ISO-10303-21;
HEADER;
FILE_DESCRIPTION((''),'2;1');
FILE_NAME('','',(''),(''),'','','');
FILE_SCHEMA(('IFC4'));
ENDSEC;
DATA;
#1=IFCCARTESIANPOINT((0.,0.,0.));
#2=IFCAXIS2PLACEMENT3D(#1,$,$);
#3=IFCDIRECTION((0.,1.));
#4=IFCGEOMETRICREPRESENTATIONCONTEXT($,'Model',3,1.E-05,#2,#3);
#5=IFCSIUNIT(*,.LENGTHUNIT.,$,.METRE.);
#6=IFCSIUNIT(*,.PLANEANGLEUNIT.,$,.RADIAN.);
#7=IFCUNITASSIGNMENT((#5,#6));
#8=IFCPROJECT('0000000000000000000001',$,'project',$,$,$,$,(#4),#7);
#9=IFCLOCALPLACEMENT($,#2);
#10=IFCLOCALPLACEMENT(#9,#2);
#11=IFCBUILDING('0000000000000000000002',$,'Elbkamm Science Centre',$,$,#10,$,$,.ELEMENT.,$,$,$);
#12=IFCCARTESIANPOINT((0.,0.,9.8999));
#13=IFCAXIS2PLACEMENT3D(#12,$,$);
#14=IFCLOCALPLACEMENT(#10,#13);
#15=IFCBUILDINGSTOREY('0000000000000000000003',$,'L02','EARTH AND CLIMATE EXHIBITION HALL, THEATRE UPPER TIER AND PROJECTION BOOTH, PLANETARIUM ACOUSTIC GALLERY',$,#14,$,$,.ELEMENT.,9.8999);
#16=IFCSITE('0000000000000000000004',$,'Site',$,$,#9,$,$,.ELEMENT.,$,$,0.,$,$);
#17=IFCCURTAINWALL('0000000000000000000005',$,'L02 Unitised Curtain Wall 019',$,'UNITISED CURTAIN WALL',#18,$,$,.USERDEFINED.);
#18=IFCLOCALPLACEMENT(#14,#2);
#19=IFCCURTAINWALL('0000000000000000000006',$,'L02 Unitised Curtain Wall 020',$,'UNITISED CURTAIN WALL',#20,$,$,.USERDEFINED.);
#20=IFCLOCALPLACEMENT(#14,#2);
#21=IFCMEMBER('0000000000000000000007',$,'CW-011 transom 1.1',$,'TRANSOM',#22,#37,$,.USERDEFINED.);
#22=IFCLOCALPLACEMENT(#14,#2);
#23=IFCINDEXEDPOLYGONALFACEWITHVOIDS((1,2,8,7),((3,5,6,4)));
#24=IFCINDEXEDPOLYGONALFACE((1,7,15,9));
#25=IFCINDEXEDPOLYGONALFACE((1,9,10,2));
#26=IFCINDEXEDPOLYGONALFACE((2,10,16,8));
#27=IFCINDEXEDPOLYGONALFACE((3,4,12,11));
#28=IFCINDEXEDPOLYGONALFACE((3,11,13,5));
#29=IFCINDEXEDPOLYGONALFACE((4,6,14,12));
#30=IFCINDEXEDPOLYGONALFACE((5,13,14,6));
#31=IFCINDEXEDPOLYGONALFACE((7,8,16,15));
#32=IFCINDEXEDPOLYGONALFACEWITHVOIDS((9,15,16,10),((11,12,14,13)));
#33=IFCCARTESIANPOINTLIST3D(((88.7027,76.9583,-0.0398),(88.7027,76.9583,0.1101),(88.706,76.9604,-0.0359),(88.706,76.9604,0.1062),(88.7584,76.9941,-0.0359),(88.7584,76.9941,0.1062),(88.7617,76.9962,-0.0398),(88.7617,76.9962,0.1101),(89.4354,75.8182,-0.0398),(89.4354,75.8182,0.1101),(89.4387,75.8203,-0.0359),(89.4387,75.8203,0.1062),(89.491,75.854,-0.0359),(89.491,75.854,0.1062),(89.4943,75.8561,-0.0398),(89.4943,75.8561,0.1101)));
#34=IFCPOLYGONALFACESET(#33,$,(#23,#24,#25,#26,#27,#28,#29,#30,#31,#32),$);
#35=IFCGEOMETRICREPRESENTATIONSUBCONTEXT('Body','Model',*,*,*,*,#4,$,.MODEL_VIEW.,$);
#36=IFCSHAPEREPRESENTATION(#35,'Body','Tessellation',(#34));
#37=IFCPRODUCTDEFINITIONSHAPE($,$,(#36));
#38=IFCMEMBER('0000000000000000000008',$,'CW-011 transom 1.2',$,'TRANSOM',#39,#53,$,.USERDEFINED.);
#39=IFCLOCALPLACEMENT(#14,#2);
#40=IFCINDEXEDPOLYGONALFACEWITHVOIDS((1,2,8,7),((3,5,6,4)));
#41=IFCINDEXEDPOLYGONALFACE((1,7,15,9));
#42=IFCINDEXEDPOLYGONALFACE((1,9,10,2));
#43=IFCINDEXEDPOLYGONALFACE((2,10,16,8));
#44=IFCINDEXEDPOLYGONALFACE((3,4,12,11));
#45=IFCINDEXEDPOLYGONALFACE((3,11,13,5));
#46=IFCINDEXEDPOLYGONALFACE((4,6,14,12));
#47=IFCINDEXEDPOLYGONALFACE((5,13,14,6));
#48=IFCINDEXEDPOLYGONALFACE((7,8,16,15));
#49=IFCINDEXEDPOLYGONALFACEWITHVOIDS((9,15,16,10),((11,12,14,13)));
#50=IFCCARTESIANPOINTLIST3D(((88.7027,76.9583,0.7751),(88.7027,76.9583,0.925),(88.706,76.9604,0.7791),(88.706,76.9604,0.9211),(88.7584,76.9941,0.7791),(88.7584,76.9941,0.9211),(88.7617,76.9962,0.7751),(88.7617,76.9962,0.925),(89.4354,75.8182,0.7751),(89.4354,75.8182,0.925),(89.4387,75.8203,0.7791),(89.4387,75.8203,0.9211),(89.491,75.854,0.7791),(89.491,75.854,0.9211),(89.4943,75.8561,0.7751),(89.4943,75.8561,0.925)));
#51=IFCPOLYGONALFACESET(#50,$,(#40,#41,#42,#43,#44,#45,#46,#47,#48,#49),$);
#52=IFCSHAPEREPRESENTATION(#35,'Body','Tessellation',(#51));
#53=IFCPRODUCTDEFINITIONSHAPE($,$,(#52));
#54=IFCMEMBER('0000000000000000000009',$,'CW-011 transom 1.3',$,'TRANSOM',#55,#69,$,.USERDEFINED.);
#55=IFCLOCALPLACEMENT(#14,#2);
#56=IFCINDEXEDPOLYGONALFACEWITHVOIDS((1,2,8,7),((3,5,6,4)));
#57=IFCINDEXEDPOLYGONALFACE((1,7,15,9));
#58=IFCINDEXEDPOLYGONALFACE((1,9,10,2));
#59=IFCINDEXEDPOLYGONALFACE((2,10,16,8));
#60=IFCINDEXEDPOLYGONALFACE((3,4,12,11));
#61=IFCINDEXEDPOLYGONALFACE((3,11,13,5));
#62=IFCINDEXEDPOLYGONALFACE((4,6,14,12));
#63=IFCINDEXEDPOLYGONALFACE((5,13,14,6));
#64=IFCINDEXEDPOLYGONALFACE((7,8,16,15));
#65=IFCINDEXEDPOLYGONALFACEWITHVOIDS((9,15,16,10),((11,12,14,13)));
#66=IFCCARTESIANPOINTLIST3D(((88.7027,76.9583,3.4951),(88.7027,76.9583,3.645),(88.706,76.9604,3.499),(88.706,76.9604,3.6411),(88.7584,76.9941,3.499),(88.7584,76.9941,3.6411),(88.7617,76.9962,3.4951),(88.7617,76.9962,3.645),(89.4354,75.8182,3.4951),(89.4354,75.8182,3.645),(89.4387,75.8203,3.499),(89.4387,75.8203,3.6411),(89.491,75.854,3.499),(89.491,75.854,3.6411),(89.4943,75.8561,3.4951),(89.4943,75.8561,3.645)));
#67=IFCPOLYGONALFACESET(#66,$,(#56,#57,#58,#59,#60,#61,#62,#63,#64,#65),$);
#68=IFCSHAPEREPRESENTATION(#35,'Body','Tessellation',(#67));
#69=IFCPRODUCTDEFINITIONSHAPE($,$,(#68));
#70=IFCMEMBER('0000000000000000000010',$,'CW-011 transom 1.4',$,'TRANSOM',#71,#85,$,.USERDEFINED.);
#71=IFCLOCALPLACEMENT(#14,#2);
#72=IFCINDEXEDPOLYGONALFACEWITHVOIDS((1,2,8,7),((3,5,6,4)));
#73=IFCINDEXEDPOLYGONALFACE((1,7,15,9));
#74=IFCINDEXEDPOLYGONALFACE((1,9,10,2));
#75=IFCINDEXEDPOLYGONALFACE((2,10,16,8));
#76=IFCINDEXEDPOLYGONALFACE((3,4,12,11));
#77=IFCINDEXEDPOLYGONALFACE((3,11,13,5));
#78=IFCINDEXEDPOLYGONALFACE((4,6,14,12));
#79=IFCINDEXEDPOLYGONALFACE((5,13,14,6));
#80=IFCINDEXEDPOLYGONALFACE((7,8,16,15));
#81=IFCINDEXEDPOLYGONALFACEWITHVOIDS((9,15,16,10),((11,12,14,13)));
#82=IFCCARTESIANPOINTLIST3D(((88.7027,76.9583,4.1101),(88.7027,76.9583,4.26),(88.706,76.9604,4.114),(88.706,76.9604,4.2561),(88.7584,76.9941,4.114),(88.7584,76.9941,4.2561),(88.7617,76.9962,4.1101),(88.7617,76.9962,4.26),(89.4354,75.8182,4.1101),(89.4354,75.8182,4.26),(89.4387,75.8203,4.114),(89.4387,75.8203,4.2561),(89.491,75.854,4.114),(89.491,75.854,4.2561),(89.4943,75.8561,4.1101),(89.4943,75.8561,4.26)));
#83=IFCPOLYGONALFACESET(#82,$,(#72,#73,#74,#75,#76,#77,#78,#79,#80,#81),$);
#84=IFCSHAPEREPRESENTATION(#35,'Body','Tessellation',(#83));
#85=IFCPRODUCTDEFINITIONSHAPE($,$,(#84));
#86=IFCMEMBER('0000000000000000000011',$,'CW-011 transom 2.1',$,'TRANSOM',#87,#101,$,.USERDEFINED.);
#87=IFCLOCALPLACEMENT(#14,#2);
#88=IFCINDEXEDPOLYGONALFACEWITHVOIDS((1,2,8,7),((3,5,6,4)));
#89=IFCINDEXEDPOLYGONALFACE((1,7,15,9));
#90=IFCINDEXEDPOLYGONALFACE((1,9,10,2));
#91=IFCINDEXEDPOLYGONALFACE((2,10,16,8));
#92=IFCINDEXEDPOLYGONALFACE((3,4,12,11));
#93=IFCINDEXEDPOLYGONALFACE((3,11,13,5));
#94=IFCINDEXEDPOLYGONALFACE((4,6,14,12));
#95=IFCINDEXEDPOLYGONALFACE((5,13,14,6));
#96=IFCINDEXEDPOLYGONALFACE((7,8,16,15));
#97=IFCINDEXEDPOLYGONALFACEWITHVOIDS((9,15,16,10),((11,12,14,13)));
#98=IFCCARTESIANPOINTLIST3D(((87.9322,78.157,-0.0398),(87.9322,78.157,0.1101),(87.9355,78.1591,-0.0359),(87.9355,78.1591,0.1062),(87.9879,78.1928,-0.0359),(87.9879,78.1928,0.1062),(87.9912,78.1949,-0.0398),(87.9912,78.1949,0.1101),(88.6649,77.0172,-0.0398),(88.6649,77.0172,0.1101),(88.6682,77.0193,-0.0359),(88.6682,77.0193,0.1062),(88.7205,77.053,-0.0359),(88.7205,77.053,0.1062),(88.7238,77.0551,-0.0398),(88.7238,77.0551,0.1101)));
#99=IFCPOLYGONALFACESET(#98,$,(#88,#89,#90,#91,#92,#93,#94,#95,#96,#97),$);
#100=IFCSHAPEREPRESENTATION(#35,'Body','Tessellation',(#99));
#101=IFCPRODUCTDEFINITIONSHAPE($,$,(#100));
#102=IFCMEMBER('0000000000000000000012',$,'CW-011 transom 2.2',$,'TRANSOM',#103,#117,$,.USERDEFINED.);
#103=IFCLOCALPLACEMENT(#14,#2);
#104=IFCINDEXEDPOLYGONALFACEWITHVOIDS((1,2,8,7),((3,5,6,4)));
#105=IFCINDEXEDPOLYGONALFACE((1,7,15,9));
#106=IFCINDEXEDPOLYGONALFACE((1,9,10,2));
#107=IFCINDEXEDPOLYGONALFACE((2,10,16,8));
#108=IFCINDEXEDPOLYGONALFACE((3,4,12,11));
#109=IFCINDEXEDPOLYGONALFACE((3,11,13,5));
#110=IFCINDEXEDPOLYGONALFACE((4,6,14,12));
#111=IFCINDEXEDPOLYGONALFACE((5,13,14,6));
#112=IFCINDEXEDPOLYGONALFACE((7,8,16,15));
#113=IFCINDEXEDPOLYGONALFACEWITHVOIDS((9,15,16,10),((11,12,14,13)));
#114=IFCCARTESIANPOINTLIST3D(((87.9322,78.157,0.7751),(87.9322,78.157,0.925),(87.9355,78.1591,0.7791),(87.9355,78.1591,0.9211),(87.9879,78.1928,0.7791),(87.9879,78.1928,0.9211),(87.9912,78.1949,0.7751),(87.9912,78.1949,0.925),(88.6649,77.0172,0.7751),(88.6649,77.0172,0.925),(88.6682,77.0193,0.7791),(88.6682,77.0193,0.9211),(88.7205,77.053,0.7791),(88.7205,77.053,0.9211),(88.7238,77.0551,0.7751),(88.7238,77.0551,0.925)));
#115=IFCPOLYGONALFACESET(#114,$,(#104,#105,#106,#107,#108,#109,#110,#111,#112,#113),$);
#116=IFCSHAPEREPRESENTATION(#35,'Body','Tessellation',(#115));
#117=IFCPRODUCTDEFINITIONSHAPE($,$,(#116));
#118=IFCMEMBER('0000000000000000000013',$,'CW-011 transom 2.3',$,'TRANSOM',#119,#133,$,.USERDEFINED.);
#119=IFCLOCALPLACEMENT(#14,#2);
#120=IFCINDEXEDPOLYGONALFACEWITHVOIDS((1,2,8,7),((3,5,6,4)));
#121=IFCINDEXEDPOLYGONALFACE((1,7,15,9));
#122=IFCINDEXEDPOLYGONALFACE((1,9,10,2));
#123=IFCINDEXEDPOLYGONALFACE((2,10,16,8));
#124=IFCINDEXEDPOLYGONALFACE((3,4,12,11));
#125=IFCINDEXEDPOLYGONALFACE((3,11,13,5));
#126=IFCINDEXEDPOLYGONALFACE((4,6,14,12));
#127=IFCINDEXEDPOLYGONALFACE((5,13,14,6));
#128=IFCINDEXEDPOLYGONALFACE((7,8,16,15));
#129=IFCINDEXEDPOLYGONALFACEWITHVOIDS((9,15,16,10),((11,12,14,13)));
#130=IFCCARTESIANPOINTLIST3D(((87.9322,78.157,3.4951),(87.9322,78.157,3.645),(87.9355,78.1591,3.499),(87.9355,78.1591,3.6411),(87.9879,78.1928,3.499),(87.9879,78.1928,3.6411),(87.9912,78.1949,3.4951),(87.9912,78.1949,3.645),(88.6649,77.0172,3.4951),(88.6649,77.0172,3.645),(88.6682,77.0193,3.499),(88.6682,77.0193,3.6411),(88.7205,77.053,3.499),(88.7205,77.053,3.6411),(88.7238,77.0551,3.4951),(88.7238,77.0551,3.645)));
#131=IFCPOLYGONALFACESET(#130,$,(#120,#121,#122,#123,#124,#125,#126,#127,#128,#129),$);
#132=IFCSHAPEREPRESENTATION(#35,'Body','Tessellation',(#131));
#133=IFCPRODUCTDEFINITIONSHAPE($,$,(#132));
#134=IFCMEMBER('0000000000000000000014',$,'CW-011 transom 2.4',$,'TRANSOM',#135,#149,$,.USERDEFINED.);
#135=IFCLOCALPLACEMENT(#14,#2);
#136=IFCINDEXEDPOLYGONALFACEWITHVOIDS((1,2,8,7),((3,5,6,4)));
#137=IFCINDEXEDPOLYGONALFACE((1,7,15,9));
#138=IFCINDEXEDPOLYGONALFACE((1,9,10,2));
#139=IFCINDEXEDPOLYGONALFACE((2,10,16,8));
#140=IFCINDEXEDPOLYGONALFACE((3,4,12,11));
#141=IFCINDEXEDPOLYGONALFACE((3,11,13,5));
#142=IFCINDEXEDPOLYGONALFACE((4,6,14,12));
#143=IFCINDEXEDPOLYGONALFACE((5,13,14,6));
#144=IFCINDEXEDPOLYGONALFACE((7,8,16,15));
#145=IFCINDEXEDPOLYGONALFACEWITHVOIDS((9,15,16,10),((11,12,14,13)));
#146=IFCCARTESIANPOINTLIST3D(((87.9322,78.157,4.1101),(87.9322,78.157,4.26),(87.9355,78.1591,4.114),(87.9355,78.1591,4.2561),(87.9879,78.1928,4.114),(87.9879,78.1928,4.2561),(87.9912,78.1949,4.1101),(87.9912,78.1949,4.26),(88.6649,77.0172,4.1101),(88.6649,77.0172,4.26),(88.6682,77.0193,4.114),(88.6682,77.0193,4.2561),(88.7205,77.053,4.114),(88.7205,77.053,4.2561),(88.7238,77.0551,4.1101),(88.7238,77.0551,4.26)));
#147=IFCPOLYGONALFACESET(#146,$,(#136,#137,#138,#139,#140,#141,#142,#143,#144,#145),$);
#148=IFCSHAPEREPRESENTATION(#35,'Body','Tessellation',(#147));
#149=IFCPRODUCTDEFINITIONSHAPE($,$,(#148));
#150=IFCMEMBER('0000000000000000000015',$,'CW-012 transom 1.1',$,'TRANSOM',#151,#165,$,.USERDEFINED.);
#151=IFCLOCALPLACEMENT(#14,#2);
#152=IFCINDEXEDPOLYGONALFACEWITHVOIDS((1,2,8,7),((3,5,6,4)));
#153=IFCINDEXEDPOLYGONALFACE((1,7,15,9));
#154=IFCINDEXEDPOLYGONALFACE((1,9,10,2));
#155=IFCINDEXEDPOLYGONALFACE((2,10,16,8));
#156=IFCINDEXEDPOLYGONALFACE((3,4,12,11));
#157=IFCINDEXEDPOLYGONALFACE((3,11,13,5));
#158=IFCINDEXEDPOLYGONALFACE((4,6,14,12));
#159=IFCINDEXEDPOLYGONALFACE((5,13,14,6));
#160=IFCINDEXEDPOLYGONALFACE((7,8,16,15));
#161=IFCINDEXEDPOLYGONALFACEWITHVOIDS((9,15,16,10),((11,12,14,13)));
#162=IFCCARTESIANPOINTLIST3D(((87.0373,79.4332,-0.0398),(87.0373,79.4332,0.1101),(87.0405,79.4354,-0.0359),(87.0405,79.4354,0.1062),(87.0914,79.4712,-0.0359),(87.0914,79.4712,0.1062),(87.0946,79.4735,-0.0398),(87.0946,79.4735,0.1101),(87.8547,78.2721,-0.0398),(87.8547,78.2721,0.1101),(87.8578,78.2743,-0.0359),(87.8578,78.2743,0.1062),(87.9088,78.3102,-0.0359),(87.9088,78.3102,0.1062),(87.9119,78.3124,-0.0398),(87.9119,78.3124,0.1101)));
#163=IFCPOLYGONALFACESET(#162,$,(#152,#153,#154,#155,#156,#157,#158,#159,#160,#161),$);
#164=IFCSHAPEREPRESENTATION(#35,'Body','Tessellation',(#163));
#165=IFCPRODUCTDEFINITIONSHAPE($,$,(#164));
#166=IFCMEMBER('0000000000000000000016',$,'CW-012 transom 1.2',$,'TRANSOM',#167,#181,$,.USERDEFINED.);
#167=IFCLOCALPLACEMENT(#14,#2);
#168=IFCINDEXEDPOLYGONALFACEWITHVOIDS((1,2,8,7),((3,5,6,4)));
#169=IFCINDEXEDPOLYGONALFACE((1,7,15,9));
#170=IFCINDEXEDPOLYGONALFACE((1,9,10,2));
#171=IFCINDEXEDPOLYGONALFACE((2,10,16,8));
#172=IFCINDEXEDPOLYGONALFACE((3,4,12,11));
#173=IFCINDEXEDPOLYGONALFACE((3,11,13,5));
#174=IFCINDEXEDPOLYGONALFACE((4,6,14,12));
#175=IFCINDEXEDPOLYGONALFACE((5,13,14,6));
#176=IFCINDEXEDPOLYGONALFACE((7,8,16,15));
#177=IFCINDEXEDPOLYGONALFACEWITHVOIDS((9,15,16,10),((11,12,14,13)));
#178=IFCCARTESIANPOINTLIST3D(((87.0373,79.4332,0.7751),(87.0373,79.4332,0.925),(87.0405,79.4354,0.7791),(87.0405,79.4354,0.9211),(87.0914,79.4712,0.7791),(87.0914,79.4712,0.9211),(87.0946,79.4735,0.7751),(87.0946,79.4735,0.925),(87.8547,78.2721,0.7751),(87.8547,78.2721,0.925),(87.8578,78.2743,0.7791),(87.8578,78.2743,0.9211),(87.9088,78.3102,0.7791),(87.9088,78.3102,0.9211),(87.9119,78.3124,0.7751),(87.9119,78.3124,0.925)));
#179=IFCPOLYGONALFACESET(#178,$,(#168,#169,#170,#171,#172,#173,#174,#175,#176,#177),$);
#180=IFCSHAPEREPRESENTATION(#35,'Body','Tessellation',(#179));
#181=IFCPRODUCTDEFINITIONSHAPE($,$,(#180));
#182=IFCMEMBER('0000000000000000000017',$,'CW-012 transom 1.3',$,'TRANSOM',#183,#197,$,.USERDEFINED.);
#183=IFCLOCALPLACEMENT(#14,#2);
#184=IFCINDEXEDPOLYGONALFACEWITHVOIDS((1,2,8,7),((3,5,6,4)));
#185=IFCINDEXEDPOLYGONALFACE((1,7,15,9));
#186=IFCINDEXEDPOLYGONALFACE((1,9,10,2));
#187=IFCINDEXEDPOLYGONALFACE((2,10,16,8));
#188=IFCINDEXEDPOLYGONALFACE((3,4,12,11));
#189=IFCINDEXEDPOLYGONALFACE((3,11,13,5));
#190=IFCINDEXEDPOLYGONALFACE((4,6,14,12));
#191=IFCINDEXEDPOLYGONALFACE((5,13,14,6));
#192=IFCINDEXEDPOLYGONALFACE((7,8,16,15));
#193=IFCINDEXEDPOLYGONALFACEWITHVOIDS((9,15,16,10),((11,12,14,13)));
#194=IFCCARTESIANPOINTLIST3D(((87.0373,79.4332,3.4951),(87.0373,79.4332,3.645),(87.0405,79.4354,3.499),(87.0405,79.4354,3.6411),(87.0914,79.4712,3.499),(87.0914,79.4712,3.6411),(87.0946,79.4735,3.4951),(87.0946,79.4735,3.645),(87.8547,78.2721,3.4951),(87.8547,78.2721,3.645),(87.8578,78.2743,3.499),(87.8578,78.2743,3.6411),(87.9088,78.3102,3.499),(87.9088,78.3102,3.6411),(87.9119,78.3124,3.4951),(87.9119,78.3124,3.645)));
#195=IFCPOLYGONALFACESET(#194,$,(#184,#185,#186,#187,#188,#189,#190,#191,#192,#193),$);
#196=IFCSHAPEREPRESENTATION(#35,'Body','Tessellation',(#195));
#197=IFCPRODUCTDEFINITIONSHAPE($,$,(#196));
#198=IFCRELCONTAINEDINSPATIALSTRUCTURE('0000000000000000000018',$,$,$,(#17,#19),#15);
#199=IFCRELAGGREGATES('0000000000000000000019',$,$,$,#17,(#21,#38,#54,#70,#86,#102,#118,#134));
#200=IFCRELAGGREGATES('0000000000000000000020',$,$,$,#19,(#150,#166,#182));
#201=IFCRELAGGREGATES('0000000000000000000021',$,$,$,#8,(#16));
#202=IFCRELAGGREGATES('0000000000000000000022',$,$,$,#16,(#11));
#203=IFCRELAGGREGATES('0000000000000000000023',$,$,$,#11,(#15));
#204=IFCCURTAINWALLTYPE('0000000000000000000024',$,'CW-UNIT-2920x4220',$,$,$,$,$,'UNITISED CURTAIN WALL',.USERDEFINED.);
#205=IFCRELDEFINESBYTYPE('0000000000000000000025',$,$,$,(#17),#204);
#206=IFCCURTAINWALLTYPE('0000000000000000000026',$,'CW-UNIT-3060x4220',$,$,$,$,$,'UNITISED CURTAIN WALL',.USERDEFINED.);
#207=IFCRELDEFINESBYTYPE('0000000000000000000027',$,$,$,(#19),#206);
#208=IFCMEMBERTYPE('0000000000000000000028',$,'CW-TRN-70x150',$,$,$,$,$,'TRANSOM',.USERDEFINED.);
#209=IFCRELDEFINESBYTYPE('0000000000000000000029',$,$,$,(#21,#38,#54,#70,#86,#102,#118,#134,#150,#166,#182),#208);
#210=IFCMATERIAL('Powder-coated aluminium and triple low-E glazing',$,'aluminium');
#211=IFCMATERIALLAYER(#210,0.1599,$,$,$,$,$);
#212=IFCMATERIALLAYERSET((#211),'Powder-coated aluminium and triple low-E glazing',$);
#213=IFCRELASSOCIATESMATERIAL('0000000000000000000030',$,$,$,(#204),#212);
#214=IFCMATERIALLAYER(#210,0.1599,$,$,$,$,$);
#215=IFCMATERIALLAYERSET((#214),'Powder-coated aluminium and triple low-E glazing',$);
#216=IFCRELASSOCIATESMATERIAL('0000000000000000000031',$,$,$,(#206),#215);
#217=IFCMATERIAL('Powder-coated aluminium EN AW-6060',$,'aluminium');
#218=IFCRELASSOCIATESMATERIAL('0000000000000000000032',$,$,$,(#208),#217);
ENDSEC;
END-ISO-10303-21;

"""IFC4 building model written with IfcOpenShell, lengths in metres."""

from ifc_helpers import new_model, si_unit, direction, frame, origin, origin_2d, place, context, subcontext, project, spatial, hollow_rectangle, extrude, material, layer, layer_set, material_profile, profile_set, type_object, element, aggregate, save


model = new_model("IFC4")

# Units and contexts
model_context = context("Model", 3, precision=1e-05, world=origin(), true_north=direction((0.0, 1.0)))
body_context = subcontext(model_context, "Body", "Model", "MODEL_VIEW")
ifc_project = project(units=[si_unit("LENGTHUNIT", "METRE"), si_unit("PLANEANGLEUNIT", "RADIAN")], contexts=[model_context])

# Site, building, storey
site_placement = place(None, origin())
site = spatial("IfcSite", under=ifc_project, at=site_placement, Name="Site", CompositionType="ELEMENT", RefElevation=0.0)
building_placement = place(site_placement, origin())
building = spatial("IfcBuilding", under=site, at=building_placement, Name="Elbkamm Science Centre", CompositionType="ELEMENT")
storey_placement = place(building_placement, frame((0.0, 0.0, 9.8999)))
storey = spatial("IfcBuildingStorey", under=building, at=storey_placement, Name="L02", Description="EARTH AND CLIMATE EXHIBITION HALL, THEATRE UPPER TIER AND PROJECTION BOOTH, PLANETARIUM ACOUSTIC GALLERY", CompositionType="ELEMENT", Elevation=9.8999)

# Shared definitions
ifc_material_1 = material(Name="Powder-coated aluminium and triple low-E glazing", Category="aluminium")
ifc_layer_1 = layer(ifc_material_1, 0.1599)
ifc_layer_set_1 = layer_set([ifc_layer_1], Name="Powder-coated aluminium and triple low-E glazing")
curtain_wall_type_1 = type_object("IfcCurtainWallType", Name="CW-UNIT-2920x4220", ElementType="UNITISED CURTAIN WALL", PredefinedType="USERDEFINED", material=ifc_layer_set_1)
ifc_material_2 = material(Name="Powder-coated aluminium EN AW-6060", Category="aluminium")

# Curtain walls
curtain_wall_1_placement = place(storey_placement, origin())
curtain_wall_1 = element("IfcCurtainWall", 1, at=curtain_wall_1_placement, inside=storey, type_object=curtain_wall_type_1, Name="L02 Unitised Curtain Wall 019", ObjectType="UNITISED CURTAIN WALL", PredefinedType="USERDEFINED")
ifc_layer_2 = layer(ifc_material_1, 0.1599)
ifc_layer_set_2 = layer_set([ifc_layer_2], Name="Powder-coated aluminium and triple low-E glazing")
curtain_wall_type_2 = type_object("IfcCurtainWallType", Name="CW-UNIT-3060x4220", ElementType="UNITISED CURTAIN WALL", PredefinedType="USERDEFINED", material=ifc_layer_set_2)
curtain_wall_2_placement = place(storey_placement, origin())
curtain_wall_2 = element("IfcCurtainWall", 2, at=curtain_wall_2_placement, inside=storey, type_object=curtain_wall_type_2, Name="L02 Unitised Curtain Wall 020", ObjectType="UNITISED CURTAIN WALL", PredefinedType="USERDEFINED")

# Members
ifc_material_profile_1 = material_profile(ifc_material_2, hollow_rectangle(XDim=0.0701, YDim=0.1499, WallThickness=0.0039, at=origin_2d()), Name="ALU T70x150")
ifc_profile_set_1 = profile_set([ifc_material_profile_1], Name="Powder-coated aluminium EN AW-6060")
member_type_1 = type_object("IfcMemberType", Name="CW-TRN-70x150", ElementType="TRANSOM", PredefinedType="USERDEFINED", material=ifc_profile_set_1)
member_1_placement = place(storey_placement, frame((89.4648, 75.8372, 0.0352), z_axis=(-0.540612, 0.841272, 0.0), x_axis=(-0.841272, -0.540612, 0.0)))
member_1 = element("IfcMember", 3, at=member_1_placement, type_object=member_type_1, Name="CW-011 transom 1.1", ObjectType="TRANSOM", PredefinedType="USERDEFINED", context=body_context, shape_type="SweptSolid", body=[
    extrude(hollow_rectangle(XDim=0.0701, YDim=0.1499, WallThickness=0.0039, at=origin_2d()), origin(), (0.0, 0.0, 1.0), 1.3552),
])
member_2_placement = place(storey_placement, frame((89.4648, 75.8372, 0.8501), z_axis=(-0.540612, 0.841272, 0.0), x_axis=(-0.841272, -0.540612, 0.0)))
member_2 = element("IfcMember", 4, at=member_2_placement, type_object=member_type_1, Name="CW-011 transom 1.2", ObjectType="TRANSOM", PredefinedType="USERDEFINED", context=body_context, shape_type="SweptSolid", body=[
    extrude(hollow_rectangle(XDim=0.0701, YDim=0.1499, WallThickness=0.0039, at=origin_2d()), origin(), (0.0, 0.0, 1.0), 1.3552),
])
member_3_placement = place(storey_placement, frame((89.4648, 75.8372, 3.5701), z_axis=(-0.540612, 0.841272, 0.0), x_axis=(-0.841272, -0.540612, 0.0)))
member_3 = element("IfcMember", 5, at=member_3_placement, type_object=member_type_1, Name="CW-011 transom 1.3", ObjectType="TRANSOM", PredefinedType="USERDEFINED", context=body_context, shape_type="SweptSolid", body=[
    extrude(hollow_rectangle(XDim=0.0701, YDim=0.1499, WallThickness=0.0039, at=origin_2d()), origin(), (0.0, 0.0, 1.0), 1.3552),
])
member_4_placement = place(storey_placement, frame((89.4648, 75.8372, 4.1851), z_axis=(-0.540612, 0.841272, 0.0), x_axis=(-0.841272, -0.540612, 0.0)))
member_4 = element("IfcMember", 6, at=member_4_placement, type_object=member_type_1, Name="CW-011 transom 1.4", ObjectType="TRANSOM", PredefinedType="USERDEFINED", context=body_context, shape_type="SweptSolid", body=[
    extrude(hollow_rectangle(XDim=0.0701, YDim=0.1499, WallThickness=0.0039, at=origin_2d()), origin(), (0.0, 0.0, 1.0), 1.3552),
])
member_5_placement = place(storey_placement, frame((88.6943, 77.0361, 0.0352), z_axis=(-0.540694, 0.841219, 0.0), x_axis=(-0.841219, -0.540694, 0.0)))
member_5 = element("IfcMember", 7, at=member_5_placement, type_object=member_type_1, Name="CW-011 transom 2.1", ObjectType="TRANSOM", PredefinedType="USERDEFINED", context=body_context, shape_type="SweptSolid", body=[
    extrude(hollow_rectangle(XDim=0.0701, YDim=0.1499, WallThickness=0.0039, at=origin_2d()), origin(), (0.0, 0.0, 1.0), 1.355),
])
member_6_placement = place(storey_placement, frame((88.6943, 77.0361, 0.8501), z_axis=(-0.540694, 0.841219, 0.0), x_axis=(-0.841219, -0.540694, 0.0)))
member_6 = element("IfcMember", 8, at=member_6_placement, type_object=member_type_1, Name="CW-011 transom 2.2", ObjectType="TRANSOM", PredefinedType="USERDEFINED", context=body_context, shape_type="SweptSolid", body=[
    extrude(hollow_rectangle(XDim=0.0701, YDim=0.1499, WallThickness=0.0039, at=origin_2d()), origin(), (0.0, 0.0, 1.0), 1.355),
])
member_7_placement = place(storey_placement, frame((88.6943, 77.0361, 3.5701), z_axis=(-0.540694, 0.841219, 0.0), x_axis=(-0.841219, -0.540694, 0.0)))
member_7 = element("IfcMember", 9, at=member_7_placement, type_object=member_type_1, Name="CW-011 transom 2.3", ObjectType="TRANSOM", PredefinedType="USERDEFINED", context=body_context, shape_type="SweptSolid", body=[
    extrude(hollow_rectangle(XDim=0.0701, YDim=0.1499, WallThickness=0.0039, at=origin_2d()), origin(), (0.0, 0.0, 1.0), 1.355),
])
member_8_placement = place(storey_placement, frame((88.6943, 77.0361, 4.1851), z_axis=(-0.540694, 0.841219, 0.0), x_axis=(-0.841219, -0.540694, 0.0)))
member_8 = element("IfcMember", 10, at=member_8_placement, type_object=member_type_1, Name="CW-011 transom 2.4", ObjectType="TRANSOM", PredefinedType="USERDEFINED", context=body_context, shape_type="SweptSolid", body=[
    extrude(hollow_rectangle(XDim=0.0701, YDim=0.1499, WallThickness=0.0039, at=origin_2d()), origin(), (0.0, 0.0, 1.0), 1.355),
])
member_9_placement = place(storey_placement, frame((87.8833, 78.2922, 0.0352), z_axis=(-0.57563, 0.817711, 0.0), x_axis=(-0.817711, -0.57563, 0.0)))
member_9 = element("IfcMember", 11, at=member_9_placement, type_object=member_type_1, Name="CW-012 transom 1.1", ObjectType="TRANSOM", PredefinedType="USERDEFINED", context=body_context, shape_type="SweptSolid", body=[
    extrude(hollow_rectangle(XDim=0.0701, YDim=0.1499, WallThickness=0.0039, at=origin_2d()), origin(), (0.0, 0.0, 1.0), 1.4199),
])
member_10_placement = place(storey_placement, frame((87.8833, 78.2922, 0.8501), z_axis=(-0.57563, 0.817711, 0.0), x_axis=(-0.817711, -0.57563, 0.0)))
member_10 = element("IfcMember", 12, at=member_10_placement, type_object=member_type_1, Name="CW-012 transom 1.2", ObjectType="TRANSOM", PredefinedType="USERDEFINED", context=body_context, shape_type="SweptSolid", body=[
    extrude(hollow_rectangle(XDim=0.0701, YDim=0.1499, WallThickness=0.0039, at=origin_2d()), origin(), (0.0, 0.0, 1.0), 1.4199),
])
member_11_placement = place(storey_placement, frame((87.8833, 78.2922, 3.5701), z_axis=(-0.57563, 0.817711, 0.0), x_axis=(-0.817711, -0.57563, 0.0)))
member_11 = element("IfcMember", 13, at=member_11_placement, type_object=member_type_1, Name="CW-012 transom 1.3", ObjectType="TRANSOM", PredefinedType="USERDEFINED", context=body_context, shape_type="SweptSolid", body=[
    extrude(hollow_rectangle(XDim=0.0701, YDim=0.1499, WallThickness=0.0039, at=origin_2d()), origin(), (0.0, 0.0, 1.0), 1.4199),
])

aggregate(curtain_wall_1, [member_1, member_2, member_3, member_4, member_5, member_6, member_7, member_8])
aggregate(curtain_wall_2, [member_9, member_10, member_11])

save(model, "model.ifc")
